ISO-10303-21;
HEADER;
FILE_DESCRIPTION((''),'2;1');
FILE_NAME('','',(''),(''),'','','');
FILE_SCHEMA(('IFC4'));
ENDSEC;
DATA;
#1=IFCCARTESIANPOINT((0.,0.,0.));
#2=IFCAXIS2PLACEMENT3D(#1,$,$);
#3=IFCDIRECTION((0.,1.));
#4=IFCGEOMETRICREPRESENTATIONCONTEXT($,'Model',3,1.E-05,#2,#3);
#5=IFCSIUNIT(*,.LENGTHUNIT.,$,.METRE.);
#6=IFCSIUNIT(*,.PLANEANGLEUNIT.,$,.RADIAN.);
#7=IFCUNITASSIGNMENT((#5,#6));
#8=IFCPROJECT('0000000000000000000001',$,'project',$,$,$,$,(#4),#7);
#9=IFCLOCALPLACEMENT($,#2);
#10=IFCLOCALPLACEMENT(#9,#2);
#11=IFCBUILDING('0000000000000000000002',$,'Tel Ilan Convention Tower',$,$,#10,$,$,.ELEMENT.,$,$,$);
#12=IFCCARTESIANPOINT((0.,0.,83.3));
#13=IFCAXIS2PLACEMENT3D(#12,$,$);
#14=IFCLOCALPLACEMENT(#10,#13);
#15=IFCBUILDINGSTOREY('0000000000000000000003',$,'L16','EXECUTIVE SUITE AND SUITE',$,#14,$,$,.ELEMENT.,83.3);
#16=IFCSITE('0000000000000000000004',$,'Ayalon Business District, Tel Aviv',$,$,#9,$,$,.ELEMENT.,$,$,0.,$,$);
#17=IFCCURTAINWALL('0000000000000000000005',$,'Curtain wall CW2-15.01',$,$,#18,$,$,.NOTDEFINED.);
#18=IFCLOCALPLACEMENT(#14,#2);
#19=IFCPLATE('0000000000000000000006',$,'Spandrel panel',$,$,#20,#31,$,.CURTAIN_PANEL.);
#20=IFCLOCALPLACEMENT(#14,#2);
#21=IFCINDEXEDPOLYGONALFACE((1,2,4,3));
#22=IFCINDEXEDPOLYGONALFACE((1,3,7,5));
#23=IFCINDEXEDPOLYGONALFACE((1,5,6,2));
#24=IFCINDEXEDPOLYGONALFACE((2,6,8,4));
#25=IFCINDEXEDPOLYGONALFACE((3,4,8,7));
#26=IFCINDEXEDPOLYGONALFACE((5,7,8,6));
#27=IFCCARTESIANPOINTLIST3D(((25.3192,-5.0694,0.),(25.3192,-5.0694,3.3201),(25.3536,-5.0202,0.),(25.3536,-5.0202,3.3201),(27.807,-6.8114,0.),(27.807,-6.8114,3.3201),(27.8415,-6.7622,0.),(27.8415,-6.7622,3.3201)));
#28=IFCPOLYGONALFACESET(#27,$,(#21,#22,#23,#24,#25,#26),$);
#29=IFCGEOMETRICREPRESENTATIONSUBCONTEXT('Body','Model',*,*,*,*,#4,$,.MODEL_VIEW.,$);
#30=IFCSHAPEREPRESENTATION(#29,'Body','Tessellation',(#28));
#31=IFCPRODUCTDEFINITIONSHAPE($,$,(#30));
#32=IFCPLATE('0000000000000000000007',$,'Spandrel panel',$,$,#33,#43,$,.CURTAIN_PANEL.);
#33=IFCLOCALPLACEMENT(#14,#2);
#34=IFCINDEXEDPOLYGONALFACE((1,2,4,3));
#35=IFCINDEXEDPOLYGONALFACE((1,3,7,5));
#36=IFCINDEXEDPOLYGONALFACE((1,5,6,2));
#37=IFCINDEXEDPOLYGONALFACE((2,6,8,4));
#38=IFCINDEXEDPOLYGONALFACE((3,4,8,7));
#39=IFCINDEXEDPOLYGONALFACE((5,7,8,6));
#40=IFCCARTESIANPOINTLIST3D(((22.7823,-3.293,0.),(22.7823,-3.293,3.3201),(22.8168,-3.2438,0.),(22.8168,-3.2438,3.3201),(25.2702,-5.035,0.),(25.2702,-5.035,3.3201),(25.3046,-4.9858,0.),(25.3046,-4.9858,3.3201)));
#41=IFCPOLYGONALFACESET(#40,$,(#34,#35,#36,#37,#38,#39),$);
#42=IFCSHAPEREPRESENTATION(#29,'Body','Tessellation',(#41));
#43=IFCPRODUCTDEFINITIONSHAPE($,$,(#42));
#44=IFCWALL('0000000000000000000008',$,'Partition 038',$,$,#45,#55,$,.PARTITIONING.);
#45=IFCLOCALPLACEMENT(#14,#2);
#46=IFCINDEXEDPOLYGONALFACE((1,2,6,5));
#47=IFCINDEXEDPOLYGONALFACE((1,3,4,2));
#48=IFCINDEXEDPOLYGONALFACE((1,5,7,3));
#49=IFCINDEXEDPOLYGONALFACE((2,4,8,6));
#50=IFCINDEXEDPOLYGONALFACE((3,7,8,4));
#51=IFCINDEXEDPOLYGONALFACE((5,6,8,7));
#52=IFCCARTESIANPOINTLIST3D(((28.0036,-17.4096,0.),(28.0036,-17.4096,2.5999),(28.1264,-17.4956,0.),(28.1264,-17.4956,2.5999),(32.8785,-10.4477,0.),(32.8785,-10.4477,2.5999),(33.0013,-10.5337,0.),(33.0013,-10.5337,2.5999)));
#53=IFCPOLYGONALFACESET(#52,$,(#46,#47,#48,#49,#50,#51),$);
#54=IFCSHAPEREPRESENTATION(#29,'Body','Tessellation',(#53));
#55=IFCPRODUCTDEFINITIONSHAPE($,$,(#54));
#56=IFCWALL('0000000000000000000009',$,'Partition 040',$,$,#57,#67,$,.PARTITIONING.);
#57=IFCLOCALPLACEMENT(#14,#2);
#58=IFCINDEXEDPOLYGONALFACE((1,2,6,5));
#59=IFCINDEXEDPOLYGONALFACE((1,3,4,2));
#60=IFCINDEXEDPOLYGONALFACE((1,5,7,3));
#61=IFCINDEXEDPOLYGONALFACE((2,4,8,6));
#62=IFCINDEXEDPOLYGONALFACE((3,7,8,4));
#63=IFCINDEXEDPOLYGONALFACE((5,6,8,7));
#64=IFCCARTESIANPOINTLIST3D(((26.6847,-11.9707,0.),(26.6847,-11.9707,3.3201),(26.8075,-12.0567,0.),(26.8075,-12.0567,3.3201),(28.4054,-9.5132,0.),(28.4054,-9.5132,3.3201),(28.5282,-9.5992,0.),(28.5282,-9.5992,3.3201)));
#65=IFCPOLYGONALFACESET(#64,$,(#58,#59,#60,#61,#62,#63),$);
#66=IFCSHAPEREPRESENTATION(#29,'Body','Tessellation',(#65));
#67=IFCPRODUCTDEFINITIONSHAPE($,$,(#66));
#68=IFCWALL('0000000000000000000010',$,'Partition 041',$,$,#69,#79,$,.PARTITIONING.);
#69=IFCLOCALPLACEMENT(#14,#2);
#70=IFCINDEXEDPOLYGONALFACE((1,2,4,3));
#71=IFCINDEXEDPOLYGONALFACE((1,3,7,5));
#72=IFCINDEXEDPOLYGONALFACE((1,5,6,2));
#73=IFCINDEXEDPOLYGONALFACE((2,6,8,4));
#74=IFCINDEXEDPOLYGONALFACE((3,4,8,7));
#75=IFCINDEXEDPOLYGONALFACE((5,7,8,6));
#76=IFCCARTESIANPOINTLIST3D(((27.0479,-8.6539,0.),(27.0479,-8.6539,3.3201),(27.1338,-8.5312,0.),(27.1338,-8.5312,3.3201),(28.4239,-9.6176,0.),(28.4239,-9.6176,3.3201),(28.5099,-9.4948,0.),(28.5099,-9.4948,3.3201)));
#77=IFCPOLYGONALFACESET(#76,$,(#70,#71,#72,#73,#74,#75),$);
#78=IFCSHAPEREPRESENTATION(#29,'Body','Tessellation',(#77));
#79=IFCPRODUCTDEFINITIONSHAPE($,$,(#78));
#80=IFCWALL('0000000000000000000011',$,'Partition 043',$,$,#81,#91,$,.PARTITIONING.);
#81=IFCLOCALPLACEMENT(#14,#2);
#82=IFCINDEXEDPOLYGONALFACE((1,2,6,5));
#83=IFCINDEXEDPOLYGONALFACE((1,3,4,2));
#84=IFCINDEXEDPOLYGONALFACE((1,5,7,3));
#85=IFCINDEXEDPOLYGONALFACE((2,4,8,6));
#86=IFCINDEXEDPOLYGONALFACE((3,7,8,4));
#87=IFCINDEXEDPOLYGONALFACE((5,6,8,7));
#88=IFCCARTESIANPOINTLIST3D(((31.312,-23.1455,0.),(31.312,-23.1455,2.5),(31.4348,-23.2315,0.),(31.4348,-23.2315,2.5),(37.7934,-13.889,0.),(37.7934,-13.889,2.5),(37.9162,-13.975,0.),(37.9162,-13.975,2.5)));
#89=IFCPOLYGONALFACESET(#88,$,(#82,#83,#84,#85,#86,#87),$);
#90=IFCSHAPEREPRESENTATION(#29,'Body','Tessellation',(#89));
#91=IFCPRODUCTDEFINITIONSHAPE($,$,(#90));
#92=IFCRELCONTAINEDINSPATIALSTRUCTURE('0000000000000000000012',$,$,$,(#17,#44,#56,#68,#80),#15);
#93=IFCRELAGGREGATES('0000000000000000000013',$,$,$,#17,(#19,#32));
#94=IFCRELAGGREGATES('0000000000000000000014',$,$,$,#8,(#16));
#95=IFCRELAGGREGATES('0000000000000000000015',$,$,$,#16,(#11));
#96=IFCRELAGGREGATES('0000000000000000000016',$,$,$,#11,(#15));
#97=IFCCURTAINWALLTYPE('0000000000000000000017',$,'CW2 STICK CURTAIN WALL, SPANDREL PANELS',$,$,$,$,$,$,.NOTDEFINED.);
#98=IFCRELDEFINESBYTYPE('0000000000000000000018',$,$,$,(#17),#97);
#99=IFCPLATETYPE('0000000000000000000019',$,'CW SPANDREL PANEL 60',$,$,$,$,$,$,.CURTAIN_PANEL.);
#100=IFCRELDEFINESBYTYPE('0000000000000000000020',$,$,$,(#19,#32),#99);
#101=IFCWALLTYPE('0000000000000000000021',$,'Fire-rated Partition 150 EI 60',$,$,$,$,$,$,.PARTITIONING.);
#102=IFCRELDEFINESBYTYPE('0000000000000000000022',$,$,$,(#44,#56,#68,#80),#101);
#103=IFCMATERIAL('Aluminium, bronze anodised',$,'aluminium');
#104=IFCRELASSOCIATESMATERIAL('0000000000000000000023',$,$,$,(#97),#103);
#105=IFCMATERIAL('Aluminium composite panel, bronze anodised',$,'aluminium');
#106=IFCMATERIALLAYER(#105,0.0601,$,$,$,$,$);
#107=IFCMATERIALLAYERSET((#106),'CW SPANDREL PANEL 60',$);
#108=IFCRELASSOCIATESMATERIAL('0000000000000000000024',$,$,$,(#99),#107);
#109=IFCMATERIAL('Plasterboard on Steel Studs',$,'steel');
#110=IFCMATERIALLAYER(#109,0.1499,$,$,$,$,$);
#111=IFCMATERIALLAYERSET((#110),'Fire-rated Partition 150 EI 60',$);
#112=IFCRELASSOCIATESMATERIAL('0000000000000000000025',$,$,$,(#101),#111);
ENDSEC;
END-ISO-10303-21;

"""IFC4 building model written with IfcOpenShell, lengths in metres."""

from ifc_helpers import new_model, si_unit, direction, frame, frame_2d, origin, origin_2d, place, context, subcontext, project, spatial, rectangle, extrude, material, layer, layer_set, type_object, element, aggregate, save


model = new_model("IFC4")

# Units and contexts
model_context = context("Model", 3, precision=1e-05, world=origin(), true_north=direction((0.0, 1.0)))
body_context = subcontext(model_context, "Body", "Model", "MODEL_VIEW")
ifc_project = project(units=[si_unit("LENGTHUNIT", "METRE"), si_unit("PLANEANGLEUNIT", "RADIAN")], contexts=[model_context])

# Site, building, storey
site_placement = place(None, origin())
site = spatial("IfcSite", under=ifc_project, at=site_placement, Name="Ayalon Business District, Tel Aviv", CompositionType="ELEMENT", RefElevation=0.0)
building_placement = place(site_placement, origin())
building = spatial("IfcBuilding", under=site, at=building_placement, Name="Tel Ilan Convention Tower", CompositionType="ELEMENT")
storey_placement = place(building_placement, frame((0.0, 0.0, 83.3)))
storey = spatial("IfcBuildingStorey", under=building, at=storey_placement, Name="L16", Description="EXECUTIVE SUITE AND SUITE", CompositionType="ELEMENT", Elevation=83.3)

# Curtain wall
ifc_material_1 = material(Name="Aluminium, bronze anodised", Category="aluminium")
curtain_wall_type_1 = type_object("IfcCurtainWallType", Name="CW2 STICK CURTAIN WALL, SPANDREL PANELS", PredefinedType="NOTDEFINED", material=ifc_material_1)
curtain_wall_1_placement = place(storey_placement, origin())
curtain_wall_1 = element("IfcCurtainWall", 1, at=curtain_wall_1_placement, inside=storey, type_object=curtain_wall_type_1, Name="Curtain wall CW2-15.01", PredefinedType="NOTDEFINED")

# Plates
ifc_material_2 = material(Name="Aluminium composite panel, bronze anodised", Category="aluminium")
ifc_layer_1 = layer(ifc_material_2, 0.0601)
ifc_layer_set_1 = layer_set([ifc_layer_1], Name="CW SPANDREL PANEL 60")
plate_type_1 = type_object("IfcPlateType", Name="CW SPANDREL PANEL 60", PredefinedType="CURTAIN_PANEL", material=ifc_layer_set_1)
plate_1_placement = place(storey_placement, frame((26.5803, -5.9158, 0.0), z_axis=(0.0, 0.0, 1.0), x_axis=(-0.819152, 0.573576, 0.0)))
plate_1 = element("IfcPlate", 2, at=plate_1_placement, type_object=plate_type_1, Name="Spandrel panel", PredefinedType="CURTAIN_PANEL", context=body_context, shape_type="SweptSolid", body=[
    extrude(rectangle(XDim=3.0371, YDim=0.0601, at=origin_2d()), origin(), (0.0, 0.0, 1.0), 3.3201),
])
plate_2_placement = place(storey_placement, frame((24.0435, -4.1394, 0.0), z_axis=(0.0, 0.0, 1.0), x_axis=(-0.819152, 0.573576, 0.0)))
plate_2 = element("IfcPlate", 3, at=plate_2_placement, type_object=plate_type_1, Name="Spandrel panel", PredefinedType="CURTAIN_PANEL", context=body_context, shape_type="SweptSolid", body=[
    extrude(rectangle(XDim=3.0371, YDim=0.0601, at=origin_2d()), origin(), (0.0, 0.0, 1.0), 3.3201),
])
aggregate(curtain_wall_1, [plate_1, plate_2])

# Walls
ifc_material_3 = material(Name="Plasterboard on Steel Studs", Category="steel")
ifc_layer_2 = layer(ifc_material_3, 0.1499)
ifc_layer_set_2 = layer_set([ifc_layer_2], Name="Fire-rated Partition 150 EI 60")
wall_type = type_object("IfcWallType", Name="Fire-rated Partition 150 EI 60", PredefinedType="PARTITIONING", material=ifc_layer_set_2)
wall_1_placement = place(storey_placement, frame((32.9399, -10.4907, 0.0), z_axis=(0.0, 0.0, 1.0), x_axis=(-0.573593, -0.81914, 0.0)))
element("IfcWall", 4, at=wall_1_placement, inside=storey, type_object=wall_type, Name="Partition 038", PredefinedType="PARTITIONING", context=body_context, shape_type="SweptSolid", body=[
    extrude(rectangle(XDim=8.499, YDim=0.1499, at=frame_2d((4.2495, 0.0))), origin(), (0.0, 0.0, 1.0), 2.5999),
])
wall_2_placement = place(storey_placement, frame((26.7461, -12.0137, 0.0), z_axis=(0.0, 0.0, 1.0), x_axis=(0.573561, 0.819163, 0.0)))
element("IfcWall", 5, at=wall_2_placement, inside=storey, type_object=wall_type, Name="Partition 040", PredefinedType="PARTITIONING", context=body_context, shape_type="SweptSolid", body=[
    extrude(rectangle(XDim=3.0, YDim=0.1499, at=frame_2d((1.5, 0.0))), origin(), (0.0, 0.0, 1.0), 3.3201),
])
wall_3_placement = place(storey_placement, frame((28.4668, -9.5562, 0.0), z_axis=(0.0, 0.0, 1.0), x_axis=(-0.819109, 0.573638, 0.0)))
element("IfcWall", 6, at=wall_3_placement, inside=storey, type_object=wall_type, Name="Partition 041", PredefinedType="PARTITIONING", context=body_context, shape_type="SweptSolid", body=[
    extrude(rectangle(XDim=1.6799, YDim=0.1499, at=frame_2d((0.8398, 0.0))), origin(), (0.0, 0.0, 1.0), 3.3201),
])
wall_4_placement = place(storey_placement, frame((37.8547, -13.9321, 0.0), z_axis=(0.0, 0.0, 1.0), x_axis=(-0.573571, -0.819156, 0.0)))
element("IfcWall", 7, at=wall_4_placement, inside=storey, type_object=wall_type, Name="Partition 043", PredefinedType="PARTITIONING", context=body_context, shape_type="SweptSolid", body=[
    extrude(rectangle(XDim=11.3, YDim=0.1499, at=frame_2d((5.6499, 0.0))), origin(), (0.0, 0.0, 1.0), 2.5),
])

save(model, "model.ifc")
